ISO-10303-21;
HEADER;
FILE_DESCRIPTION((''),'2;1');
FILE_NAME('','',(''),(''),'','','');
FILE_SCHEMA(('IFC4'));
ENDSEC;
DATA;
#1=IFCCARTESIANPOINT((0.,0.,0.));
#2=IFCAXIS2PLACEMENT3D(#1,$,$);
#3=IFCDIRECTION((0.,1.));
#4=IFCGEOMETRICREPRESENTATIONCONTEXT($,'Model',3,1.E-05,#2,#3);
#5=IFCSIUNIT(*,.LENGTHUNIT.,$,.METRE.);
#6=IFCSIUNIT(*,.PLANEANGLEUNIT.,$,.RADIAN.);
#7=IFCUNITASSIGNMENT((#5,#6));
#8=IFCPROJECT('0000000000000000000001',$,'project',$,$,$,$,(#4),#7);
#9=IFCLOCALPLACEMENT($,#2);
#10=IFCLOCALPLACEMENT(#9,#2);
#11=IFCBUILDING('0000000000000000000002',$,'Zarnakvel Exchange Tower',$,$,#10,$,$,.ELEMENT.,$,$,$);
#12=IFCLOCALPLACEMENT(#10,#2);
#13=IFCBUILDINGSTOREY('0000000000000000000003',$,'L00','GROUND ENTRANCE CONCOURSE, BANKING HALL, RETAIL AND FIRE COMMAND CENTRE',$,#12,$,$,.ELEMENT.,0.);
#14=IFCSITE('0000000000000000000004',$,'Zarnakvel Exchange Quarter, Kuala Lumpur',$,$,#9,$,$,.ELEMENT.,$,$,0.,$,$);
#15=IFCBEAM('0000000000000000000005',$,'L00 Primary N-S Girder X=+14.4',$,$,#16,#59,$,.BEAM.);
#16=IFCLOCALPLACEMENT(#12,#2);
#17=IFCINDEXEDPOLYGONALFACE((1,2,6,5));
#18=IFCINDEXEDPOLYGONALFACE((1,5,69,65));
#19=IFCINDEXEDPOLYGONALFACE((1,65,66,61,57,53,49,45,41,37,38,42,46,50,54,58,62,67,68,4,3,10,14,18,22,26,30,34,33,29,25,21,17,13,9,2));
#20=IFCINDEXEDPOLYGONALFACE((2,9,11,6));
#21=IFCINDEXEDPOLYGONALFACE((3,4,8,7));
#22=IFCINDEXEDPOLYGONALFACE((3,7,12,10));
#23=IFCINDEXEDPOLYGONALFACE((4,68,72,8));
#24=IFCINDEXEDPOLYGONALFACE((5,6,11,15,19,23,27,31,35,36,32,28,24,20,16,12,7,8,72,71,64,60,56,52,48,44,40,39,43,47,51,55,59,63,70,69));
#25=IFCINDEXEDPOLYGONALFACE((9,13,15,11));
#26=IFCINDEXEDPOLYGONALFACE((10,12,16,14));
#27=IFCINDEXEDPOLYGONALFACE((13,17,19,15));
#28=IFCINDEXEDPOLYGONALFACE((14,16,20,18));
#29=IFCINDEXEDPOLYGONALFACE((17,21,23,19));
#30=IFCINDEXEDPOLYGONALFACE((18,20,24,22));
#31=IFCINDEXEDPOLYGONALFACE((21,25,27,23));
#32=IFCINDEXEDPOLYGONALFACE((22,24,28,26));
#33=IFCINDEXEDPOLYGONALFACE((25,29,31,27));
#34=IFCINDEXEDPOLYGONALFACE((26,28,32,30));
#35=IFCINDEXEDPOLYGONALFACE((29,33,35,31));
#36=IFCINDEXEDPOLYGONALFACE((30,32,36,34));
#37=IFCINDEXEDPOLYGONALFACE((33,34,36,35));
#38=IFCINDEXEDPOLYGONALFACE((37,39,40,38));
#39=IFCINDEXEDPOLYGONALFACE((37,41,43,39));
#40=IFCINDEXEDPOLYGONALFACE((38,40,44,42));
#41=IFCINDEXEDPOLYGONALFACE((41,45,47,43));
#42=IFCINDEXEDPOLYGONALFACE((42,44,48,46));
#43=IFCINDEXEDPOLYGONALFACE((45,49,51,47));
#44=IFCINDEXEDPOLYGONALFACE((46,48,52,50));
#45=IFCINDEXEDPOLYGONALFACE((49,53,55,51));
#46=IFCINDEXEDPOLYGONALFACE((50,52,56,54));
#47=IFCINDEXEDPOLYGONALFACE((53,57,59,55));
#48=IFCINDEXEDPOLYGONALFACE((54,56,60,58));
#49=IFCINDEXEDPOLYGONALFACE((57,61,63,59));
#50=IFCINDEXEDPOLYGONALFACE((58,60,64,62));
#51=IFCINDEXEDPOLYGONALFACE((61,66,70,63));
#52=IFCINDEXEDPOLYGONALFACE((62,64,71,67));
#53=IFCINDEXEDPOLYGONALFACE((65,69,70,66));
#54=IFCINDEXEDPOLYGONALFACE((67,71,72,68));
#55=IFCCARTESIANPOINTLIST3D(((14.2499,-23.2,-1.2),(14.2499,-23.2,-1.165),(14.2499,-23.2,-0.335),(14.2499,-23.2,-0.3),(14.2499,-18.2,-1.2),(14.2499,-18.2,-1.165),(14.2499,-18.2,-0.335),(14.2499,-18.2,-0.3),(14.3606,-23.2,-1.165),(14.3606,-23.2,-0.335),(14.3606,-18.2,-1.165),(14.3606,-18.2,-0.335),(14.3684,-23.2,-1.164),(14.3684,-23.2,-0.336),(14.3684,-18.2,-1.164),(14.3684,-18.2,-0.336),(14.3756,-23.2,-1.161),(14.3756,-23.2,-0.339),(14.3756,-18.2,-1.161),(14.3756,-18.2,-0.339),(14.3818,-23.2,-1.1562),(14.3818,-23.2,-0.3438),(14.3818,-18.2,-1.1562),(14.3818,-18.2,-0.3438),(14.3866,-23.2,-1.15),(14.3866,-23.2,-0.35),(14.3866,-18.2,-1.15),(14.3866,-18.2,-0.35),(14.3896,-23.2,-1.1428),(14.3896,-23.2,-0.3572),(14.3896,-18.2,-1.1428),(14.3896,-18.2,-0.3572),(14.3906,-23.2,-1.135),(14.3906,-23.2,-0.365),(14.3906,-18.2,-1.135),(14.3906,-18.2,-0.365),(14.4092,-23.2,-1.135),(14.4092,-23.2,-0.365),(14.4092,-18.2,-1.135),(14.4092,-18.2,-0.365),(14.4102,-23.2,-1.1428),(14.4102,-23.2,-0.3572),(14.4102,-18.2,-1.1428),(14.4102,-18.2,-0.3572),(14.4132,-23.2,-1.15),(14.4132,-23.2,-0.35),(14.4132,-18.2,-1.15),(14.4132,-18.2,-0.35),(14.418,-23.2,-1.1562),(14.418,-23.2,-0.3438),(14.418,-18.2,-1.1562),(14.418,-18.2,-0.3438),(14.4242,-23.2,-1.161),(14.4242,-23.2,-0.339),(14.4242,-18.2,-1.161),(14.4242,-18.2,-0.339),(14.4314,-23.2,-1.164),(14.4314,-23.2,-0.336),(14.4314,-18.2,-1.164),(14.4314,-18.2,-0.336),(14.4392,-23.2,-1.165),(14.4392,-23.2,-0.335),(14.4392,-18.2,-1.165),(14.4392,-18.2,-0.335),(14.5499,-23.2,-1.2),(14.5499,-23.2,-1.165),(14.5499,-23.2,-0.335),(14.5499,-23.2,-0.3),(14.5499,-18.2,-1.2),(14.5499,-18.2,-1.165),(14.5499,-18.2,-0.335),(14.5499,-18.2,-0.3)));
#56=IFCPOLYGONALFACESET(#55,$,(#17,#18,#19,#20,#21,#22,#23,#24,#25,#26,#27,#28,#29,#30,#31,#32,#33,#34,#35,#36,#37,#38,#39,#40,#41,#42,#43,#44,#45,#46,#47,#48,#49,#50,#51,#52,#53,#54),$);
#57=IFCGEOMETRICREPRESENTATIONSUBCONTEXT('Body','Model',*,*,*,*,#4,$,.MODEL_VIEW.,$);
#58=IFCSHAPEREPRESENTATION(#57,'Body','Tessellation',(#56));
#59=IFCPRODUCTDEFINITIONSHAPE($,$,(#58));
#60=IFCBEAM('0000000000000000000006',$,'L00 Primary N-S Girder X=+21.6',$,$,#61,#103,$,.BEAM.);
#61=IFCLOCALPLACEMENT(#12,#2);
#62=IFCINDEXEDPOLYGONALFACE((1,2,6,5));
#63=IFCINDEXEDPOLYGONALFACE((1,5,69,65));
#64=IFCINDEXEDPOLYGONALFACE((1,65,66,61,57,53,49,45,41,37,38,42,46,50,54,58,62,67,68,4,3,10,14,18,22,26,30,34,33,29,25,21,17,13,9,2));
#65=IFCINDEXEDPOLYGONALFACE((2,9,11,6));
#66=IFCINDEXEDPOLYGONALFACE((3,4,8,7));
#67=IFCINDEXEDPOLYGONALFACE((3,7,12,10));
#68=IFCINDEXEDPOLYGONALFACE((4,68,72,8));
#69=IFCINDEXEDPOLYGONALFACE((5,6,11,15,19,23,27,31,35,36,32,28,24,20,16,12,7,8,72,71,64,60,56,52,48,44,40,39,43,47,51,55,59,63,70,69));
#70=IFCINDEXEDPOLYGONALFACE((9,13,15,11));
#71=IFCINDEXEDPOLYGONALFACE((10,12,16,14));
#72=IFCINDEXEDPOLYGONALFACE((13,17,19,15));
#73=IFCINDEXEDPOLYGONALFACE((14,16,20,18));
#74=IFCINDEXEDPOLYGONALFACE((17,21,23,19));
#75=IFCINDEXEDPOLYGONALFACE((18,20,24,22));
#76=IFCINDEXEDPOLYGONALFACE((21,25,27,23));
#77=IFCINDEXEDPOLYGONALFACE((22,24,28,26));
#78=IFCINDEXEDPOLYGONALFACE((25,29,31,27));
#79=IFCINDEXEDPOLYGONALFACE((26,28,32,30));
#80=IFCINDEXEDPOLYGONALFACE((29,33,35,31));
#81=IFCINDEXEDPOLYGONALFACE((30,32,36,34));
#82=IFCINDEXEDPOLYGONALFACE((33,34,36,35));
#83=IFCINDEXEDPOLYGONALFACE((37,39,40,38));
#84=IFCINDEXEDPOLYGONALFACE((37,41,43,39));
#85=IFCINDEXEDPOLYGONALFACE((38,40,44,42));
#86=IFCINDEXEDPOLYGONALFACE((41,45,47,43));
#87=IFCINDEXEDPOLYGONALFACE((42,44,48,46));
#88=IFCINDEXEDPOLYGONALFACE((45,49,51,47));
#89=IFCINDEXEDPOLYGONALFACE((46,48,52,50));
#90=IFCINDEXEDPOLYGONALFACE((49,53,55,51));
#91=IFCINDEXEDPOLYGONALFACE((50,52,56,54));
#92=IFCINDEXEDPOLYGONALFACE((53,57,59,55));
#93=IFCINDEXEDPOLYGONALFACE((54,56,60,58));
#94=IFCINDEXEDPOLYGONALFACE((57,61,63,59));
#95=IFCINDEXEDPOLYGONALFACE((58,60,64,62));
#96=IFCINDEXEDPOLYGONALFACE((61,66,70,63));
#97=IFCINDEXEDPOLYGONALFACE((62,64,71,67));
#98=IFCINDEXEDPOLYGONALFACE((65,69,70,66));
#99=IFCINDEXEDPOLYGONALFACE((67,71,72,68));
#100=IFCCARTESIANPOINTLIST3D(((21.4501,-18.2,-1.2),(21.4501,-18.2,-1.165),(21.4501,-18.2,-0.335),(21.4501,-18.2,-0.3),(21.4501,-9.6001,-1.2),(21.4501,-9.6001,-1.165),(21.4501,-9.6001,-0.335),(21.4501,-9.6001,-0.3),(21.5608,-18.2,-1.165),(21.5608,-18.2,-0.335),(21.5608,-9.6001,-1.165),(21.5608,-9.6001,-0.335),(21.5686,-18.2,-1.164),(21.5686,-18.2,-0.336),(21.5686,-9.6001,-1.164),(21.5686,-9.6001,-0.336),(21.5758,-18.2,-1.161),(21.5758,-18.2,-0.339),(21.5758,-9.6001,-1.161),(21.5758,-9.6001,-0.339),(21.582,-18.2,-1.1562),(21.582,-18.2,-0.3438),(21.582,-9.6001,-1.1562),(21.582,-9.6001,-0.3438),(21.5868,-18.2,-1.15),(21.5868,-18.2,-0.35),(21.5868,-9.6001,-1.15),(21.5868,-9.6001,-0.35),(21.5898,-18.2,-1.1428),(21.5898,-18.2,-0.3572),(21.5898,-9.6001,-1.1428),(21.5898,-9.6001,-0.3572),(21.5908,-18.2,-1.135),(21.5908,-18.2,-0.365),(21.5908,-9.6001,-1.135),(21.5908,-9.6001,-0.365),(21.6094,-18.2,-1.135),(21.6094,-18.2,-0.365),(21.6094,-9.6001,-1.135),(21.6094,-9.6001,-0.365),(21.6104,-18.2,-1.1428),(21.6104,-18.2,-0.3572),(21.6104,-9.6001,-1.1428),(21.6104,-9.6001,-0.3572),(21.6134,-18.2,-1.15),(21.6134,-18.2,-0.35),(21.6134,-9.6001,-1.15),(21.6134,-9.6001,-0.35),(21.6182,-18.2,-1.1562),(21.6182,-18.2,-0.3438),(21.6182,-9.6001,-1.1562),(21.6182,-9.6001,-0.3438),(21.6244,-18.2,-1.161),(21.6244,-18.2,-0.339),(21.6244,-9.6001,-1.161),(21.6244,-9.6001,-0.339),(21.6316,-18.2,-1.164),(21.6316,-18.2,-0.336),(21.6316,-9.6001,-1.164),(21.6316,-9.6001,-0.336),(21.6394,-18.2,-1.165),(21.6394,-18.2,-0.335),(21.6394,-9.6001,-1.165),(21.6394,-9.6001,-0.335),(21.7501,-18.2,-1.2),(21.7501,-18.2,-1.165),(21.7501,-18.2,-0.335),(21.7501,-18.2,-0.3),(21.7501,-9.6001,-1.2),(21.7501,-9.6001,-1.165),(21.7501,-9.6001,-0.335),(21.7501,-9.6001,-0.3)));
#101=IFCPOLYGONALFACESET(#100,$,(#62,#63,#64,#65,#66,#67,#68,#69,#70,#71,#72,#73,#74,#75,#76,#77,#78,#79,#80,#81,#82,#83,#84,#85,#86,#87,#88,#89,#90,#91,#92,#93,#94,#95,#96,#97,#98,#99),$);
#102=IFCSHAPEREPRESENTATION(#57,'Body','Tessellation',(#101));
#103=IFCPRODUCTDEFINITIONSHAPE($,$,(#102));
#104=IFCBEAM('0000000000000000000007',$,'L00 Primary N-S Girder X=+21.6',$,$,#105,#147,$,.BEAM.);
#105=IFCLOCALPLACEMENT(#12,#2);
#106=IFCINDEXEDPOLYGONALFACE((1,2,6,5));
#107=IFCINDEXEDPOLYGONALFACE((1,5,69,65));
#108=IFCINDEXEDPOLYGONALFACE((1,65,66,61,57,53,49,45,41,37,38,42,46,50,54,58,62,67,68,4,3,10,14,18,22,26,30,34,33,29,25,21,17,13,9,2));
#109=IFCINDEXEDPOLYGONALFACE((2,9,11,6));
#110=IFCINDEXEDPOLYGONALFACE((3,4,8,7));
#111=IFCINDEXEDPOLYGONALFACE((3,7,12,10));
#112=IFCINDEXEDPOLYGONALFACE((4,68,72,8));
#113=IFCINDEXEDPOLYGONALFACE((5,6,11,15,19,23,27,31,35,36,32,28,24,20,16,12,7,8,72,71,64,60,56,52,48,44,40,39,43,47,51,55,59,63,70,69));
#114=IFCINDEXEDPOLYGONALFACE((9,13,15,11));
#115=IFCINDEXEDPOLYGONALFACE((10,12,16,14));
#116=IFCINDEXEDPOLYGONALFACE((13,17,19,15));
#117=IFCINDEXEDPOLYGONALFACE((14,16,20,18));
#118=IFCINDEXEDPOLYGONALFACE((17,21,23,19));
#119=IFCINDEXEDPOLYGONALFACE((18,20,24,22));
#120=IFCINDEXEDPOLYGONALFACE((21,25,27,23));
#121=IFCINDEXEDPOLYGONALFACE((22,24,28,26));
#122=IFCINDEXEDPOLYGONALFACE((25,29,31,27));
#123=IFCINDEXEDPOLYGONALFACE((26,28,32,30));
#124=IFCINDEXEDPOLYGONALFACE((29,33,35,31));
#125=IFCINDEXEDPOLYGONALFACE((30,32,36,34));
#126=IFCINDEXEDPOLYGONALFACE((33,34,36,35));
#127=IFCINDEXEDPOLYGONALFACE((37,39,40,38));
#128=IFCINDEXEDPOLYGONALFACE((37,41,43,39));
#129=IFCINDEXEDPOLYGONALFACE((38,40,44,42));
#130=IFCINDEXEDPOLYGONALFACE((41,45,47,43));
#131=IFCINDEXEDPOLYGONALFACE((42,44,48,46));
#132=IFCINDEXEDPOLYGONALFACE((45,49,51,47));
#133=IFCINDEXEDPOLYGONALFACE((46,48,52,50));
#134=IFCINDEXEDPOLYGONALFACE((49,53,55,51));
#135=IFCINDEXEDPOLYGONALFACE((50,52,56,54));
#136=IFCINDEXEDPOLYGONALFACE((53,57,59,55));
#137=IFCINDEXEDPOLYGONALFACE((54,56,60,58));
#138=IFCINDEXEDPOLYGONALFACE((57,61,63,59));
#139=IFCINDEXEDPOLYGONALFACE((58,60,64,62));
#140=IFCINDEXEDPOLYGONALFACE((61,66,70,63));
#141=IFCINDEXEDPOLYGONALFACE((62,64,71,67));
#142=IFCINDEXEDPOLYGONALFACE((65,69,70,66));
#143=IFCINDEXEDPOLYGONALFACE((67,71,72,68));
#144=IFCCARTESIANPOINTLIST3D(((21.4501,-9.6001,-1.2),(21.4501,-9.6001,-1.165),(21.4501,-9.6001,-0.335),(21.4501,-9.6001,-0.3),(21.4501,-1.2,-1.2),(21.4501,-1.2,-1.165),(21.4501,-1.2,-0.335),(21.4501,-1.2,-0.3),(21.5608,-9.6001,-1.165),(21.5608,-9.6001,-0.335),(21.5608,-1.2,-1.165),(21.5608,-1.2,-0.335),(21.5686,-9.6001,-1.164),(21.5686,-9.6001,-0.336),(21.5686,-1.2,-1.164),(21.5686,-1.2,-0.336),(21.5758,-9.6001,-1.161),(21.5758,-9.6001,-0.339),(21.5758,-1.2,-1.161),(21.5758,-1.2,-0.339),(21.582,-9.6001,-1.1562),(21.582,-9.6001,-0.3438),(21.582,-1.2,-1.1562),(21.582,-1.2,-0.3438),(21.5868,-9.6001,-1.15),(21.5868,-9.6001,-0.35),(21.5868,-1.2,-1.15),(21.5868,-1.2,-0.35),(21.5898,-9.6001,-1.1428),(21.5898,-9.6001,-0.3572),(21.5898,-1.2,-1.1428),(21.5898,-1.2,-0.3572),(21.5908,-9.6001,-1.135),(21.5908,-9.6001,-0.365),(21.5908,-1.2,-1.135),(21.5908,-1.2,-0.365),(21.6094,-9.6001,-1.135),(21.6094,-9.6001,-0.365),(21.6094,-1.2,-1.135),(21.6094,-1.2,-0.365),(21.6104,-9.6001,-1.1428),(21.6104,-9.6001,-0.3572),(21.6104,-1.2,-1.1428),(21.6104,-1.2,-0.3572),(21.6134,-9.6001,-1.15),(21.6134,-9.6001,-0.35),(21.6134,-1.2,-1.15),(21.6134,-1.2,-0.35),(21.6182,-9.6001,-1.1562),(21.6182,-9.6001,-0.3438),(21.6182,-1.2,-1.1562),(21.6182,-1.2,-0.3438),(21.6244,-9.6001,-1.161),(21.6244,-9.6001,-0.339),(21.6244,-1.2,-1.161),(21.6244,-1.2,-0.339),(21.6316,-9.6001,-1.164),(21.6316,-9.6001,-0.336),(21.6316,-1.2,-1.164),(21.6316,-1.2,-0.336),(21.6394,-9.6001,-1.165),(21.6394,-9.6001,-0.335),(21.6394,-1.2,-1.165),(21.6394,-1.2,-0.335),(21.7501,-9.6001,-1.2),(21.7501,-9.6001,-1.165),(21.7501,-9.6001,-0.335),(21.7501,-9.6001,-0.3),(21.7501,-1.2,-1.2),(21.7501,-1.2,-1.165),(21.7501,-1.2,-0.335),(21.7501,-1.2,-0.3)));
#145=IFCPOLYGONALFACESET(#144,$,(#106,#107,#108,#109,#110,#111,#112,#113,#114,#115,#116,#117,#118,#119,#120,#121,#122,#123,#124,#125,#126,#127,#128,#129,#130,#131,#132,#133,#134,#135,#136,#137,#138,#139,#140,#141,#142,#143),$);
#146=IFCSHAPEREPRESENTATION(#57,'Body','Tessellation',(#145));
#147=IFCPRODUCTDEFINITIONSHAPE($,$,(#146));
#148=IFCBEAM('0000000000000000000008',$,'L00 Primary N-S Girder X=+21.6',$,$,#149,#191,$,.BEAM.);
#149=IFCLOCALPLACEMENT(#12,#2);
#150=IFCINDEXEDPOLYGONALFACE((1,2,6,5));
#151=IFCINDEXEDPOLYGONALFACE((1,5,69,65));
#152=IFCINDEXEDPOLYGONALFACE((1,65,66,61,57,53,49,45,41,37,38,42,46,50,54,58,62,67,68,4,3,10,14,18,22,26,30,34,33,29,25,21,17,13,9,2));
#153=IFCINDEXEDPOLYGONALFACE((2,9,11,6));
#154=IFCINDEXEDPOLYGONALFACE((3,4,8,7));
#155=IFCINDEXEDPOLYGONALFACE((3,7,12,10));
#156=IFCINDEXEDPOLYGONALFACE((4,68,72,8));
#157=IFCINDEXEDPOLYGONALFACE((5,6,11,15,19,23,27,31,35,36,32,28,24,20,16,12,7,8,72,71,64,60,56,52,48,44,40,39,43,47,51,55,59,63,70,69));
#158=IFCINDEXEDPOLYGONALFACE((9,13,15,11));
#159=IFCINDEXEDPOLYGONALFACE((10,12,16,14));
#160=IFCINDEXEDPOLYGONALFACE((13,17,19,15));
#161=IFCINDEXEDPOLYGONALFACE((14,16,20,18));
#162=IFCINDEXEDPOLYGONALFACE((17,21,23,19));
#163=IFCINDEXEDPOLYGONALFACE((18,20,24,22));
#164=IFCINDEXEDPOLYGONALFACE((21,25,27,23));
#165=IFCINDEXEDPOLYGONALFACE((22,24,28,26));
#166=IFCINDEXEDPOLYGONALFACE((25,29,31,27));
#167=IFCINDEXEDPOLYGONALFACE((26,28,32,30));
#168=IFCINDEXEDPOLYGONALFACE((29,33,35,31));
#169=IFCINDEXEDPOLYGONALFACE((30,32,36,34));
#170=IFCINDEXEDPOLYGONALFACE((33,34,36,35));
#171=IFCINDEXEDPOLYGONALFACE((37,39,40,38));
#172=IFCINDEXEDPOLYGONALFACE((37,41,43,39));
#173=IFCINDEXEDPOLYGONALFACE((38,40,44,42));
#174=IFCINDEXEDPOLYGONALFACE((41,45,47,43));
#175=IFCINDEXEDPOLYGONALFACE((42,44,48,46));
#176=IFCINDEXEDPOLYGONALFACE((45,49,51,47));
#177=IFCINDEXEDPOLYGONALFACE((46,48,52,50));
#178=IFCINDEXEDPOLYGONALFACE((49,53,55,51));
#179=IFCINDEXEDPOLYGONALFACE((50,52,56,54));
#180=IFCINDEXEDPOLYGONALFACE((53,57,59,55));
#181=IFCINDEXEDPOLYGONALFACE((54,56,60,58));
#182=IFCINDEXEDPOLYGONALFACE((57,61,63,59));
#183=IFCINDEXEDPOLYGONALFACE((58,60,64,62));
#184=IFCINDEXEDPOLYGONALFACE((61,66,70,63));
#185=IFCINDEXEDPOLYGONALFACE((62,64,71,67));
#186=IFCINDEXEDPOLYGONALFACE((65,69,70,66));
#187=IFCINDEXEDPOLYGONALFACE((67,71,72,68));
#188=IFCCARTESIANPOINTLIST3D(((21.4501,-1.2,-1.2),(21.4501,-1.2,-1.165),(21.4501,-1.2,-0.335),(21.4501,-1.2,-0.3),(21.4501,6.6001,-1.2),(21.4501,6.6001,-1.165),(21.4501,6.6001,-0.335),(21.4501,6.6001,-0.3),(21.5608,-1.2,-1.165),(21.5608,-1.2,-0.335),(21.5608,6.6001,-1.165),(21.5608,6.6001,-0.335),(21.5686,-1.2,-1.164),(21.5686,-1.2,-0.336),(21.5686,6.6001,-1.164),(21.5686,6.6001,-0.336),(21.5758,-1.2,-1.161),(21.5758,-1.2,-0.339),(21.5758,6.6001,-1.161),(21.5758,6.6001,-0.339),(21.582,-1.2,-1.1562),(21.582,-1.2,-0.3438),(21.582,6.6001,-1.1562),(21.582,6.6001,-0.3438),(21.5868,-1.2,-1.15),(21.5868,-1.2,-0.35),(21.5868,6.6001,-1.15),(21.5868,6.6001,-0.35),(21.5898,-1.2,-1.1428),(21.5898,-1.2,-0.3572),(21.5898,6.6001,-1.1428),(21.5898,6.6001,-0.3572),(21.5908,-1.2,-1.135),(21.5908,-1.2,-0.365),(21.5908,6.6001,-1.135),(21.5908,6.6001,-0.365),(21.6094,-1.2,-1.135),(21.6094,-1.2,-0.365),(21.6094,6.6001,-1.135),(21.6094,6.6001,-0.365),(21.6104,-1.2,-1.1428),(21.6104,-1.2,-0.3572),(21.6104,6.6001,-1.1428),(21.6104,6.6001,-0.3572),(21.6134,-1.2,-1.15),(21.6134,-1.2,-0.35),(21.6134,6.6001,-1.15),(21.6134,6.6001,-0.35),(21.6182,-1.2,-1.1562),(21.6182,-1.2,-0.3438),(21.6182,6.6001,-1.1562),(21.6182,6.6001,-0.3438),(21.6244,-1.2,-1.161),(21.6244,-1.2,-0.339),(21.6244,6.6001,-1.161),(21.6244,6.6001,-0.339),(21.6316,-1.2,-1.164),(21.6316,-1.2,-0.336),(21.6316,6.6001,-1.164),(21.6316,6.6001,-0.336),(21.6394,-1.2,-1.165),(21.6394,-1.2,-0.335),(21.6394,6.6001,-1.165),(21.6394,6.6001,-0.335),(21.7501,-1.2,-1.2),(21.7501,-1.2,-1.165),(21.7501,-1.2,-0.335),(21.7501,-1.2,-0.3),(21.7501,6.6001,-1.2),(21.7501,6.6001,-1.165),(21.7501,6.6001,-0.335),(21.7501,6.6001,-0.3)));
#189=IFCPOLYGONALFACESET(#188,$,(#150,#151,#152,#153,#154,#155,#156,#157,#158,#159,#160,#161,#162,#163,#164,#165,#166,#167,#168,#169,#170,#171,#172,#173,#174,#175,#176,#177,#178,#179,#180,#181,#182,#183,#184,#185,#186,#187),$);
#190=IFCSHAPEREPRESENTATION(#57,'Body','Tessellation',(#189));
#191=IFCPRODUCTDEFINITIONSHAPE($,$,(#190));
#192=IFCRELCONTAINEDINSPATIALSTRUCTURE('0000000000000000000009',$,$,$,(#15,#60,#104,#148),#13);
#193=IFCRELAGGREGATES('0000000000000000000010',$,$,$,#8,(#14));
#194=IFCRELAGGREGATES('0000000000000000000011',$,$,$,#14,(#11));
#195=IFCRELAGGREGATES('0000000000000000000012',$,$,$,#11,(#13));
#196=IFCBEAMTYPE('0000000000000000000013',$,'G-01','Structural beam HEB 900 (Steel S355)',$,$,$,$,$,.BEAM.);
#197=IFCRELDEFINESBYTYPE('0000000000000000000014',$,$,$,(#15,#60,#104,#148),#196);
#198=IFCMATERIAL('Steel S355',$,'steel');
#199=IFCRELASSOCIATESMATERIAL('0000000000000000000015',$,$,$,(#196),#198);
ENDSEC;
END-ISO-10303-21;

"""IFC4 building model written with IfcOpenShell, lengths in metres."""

from ifc_helpers import new_model, si_unit, direction, frame, origin, origin_2d, place, context, subcontext, project, spatial, i_section, extrude, material, material_profile, profile_set, type_object, element, save


model = new_model("IFC4")

# Units and contexts
model_context = context("Model", 3, precision=1e-05, world=origin(), true_north=direction((0.0, 1.0)))
body_context = subcontext(model_context, "Body", "Model", "MODEL_VIEW")
ifc_project = project(units=[si_unit("LENGTHUNIT", "METRE"), si_unit("PLANEANGLEUNIT", "RADIAN")], contexts=[model_context])

# Site, building, storey
site_placement = place(None, origin())
site = spatial("IfcSite", under=ifc_project, at=site_placement, Name="Zarnakvel Exchange Quarter, Kuala Lumpur", CompositionType="ELEMENT", RefElevation=0.0)
building_placement = place(site_placement, origin())
building = spatial("IfcBuilding", under=site, at=building_placement, Name="Zarnakvel Exchange Tower", CompositionType="ELEMENT")
storey_placement = place(building_placement, origin())
storey = spatial("IfcBuildingStorey", under=building, at=storey_placement, Name="L00", Description="GROUND ENTRANCE CONCOURSE, BANKING HALL, RETAIL AND FIRE COMMAND CENTRE", CompositionType="ELEMENT", Elevation=0.0)

# Beams
ifc_material_1 = material(Name="Steel S355", Category="steel")
ifc_material_profile_1 = material_profile(ifc_material_1, i_section(OverallWidth=0.3, OverallDepth=0.8999, WebThickness=0.0186, FlangeThickness=0.0349, FilletRadius=0.03, at=origin_2d()))
ifc_profile_set_1 = profile_set([ifc_material_profile_1], Name="Steel S355")
beam_type_1 = type_object("IfcBeamType", Name="G-01", Description="Structural beam HEB 900 (Steel S355)", PredefinedType="BEAM", material=ifc_profile_set_1)
beam_1_placement = place(storey_placement, frame((14.3999, -23.2, -0.75), z_axis=(0.0, 1.0, 0.0), x_axis=(-1.0, 0.0, 0.0)))
element("IfcBeam", 1, at=beam_1_placement, inside=storey, type_object=beam_type_1, Name="L00 Primary N-S Girder X=+14.4", PredefinedType="BEAM", context=body_context, shape_type="SweptSolid", body=[
    extrude(i_section(OverallWidth=0.3, OverallDepth=0.8999, WebThickness=0.0186, FlangeThickness=0.0349, FilletRadius=0.03, at=origin_2d()), origin(), (0.0, 0.0, 1.0), 5.0),
])
beam_2_placement = place(storey_placement, frame((21.6001, -18.2, -0.75), z_axis=(0.0, 1.0, 0.0), x_axis=(-1.0, 0.0, 0.0)))
element("IfcBeam", 2, at=beam_2_placement, inside=storey, type_object=beam_type_1, Name="L00 Primary N-S Girder X=+21.6", PredefinedType="BEAM", context=body_context, shape_type="SweptSolid", body=[
    extrude(i_section(OverallWidth=0.3, OverallDepth=0.8999, WebThickness=0.0186, FlangeThickness=0.0349, FilletRadius=0.03, at=origin_2d()), origin(), (0.0, 0.0, 1.0), 8.5999),
])
beam_3_placement = place(storey_placement, frame((21.6001, -9.6001, -0.75), z_axis=(0.0, 1.0, 0.0), x_axis=(-1.0, 0.0, 0.0)))
element("IfcBeam", 3, at=beam_3_placement, inside=storey, type_object=beam_type_1, Name="L00 Primary N-S Girder X=+21.6", PredefinedType="BEAM", context=body_context, shape_type="SweptSolid", body=[
    extrude(i_section(OverallWidth=0.3, OverallDepth=0.8999, WebThickness=0.0186, FlangeThickness=0.0349, FilletRadius=0.03, at=origin_2d()), origin(), (0.0, 0.0, 1.0), 8.4001),
])
beam_4_placement = place(storey_placement, frame((21.6001, -1.2, -0.75), z_axis=(0.0, 1.0, 0.0), x_axis=(-1.0, 0.0, 0.0)))
element("IfcBeam", 4, at=beam_4_placement, inside=storey, type_object=beam_type_1, Name="L00 Primary N-S Girder X=+21.6", PredefinedType="BEAM", context=body_context, shape_type="SweptSolid", body=[
    extrude(i_section(OverallWidth=0.3, OverallDepth=0.8999, WebThickness=0.0186, FlangeThickness=0.0349, FilletRadius=0.03, at=origin_2d()), origin(), (0.0, 0.0, 1.0), 7.8),
])

save(model, "model.ifc")
